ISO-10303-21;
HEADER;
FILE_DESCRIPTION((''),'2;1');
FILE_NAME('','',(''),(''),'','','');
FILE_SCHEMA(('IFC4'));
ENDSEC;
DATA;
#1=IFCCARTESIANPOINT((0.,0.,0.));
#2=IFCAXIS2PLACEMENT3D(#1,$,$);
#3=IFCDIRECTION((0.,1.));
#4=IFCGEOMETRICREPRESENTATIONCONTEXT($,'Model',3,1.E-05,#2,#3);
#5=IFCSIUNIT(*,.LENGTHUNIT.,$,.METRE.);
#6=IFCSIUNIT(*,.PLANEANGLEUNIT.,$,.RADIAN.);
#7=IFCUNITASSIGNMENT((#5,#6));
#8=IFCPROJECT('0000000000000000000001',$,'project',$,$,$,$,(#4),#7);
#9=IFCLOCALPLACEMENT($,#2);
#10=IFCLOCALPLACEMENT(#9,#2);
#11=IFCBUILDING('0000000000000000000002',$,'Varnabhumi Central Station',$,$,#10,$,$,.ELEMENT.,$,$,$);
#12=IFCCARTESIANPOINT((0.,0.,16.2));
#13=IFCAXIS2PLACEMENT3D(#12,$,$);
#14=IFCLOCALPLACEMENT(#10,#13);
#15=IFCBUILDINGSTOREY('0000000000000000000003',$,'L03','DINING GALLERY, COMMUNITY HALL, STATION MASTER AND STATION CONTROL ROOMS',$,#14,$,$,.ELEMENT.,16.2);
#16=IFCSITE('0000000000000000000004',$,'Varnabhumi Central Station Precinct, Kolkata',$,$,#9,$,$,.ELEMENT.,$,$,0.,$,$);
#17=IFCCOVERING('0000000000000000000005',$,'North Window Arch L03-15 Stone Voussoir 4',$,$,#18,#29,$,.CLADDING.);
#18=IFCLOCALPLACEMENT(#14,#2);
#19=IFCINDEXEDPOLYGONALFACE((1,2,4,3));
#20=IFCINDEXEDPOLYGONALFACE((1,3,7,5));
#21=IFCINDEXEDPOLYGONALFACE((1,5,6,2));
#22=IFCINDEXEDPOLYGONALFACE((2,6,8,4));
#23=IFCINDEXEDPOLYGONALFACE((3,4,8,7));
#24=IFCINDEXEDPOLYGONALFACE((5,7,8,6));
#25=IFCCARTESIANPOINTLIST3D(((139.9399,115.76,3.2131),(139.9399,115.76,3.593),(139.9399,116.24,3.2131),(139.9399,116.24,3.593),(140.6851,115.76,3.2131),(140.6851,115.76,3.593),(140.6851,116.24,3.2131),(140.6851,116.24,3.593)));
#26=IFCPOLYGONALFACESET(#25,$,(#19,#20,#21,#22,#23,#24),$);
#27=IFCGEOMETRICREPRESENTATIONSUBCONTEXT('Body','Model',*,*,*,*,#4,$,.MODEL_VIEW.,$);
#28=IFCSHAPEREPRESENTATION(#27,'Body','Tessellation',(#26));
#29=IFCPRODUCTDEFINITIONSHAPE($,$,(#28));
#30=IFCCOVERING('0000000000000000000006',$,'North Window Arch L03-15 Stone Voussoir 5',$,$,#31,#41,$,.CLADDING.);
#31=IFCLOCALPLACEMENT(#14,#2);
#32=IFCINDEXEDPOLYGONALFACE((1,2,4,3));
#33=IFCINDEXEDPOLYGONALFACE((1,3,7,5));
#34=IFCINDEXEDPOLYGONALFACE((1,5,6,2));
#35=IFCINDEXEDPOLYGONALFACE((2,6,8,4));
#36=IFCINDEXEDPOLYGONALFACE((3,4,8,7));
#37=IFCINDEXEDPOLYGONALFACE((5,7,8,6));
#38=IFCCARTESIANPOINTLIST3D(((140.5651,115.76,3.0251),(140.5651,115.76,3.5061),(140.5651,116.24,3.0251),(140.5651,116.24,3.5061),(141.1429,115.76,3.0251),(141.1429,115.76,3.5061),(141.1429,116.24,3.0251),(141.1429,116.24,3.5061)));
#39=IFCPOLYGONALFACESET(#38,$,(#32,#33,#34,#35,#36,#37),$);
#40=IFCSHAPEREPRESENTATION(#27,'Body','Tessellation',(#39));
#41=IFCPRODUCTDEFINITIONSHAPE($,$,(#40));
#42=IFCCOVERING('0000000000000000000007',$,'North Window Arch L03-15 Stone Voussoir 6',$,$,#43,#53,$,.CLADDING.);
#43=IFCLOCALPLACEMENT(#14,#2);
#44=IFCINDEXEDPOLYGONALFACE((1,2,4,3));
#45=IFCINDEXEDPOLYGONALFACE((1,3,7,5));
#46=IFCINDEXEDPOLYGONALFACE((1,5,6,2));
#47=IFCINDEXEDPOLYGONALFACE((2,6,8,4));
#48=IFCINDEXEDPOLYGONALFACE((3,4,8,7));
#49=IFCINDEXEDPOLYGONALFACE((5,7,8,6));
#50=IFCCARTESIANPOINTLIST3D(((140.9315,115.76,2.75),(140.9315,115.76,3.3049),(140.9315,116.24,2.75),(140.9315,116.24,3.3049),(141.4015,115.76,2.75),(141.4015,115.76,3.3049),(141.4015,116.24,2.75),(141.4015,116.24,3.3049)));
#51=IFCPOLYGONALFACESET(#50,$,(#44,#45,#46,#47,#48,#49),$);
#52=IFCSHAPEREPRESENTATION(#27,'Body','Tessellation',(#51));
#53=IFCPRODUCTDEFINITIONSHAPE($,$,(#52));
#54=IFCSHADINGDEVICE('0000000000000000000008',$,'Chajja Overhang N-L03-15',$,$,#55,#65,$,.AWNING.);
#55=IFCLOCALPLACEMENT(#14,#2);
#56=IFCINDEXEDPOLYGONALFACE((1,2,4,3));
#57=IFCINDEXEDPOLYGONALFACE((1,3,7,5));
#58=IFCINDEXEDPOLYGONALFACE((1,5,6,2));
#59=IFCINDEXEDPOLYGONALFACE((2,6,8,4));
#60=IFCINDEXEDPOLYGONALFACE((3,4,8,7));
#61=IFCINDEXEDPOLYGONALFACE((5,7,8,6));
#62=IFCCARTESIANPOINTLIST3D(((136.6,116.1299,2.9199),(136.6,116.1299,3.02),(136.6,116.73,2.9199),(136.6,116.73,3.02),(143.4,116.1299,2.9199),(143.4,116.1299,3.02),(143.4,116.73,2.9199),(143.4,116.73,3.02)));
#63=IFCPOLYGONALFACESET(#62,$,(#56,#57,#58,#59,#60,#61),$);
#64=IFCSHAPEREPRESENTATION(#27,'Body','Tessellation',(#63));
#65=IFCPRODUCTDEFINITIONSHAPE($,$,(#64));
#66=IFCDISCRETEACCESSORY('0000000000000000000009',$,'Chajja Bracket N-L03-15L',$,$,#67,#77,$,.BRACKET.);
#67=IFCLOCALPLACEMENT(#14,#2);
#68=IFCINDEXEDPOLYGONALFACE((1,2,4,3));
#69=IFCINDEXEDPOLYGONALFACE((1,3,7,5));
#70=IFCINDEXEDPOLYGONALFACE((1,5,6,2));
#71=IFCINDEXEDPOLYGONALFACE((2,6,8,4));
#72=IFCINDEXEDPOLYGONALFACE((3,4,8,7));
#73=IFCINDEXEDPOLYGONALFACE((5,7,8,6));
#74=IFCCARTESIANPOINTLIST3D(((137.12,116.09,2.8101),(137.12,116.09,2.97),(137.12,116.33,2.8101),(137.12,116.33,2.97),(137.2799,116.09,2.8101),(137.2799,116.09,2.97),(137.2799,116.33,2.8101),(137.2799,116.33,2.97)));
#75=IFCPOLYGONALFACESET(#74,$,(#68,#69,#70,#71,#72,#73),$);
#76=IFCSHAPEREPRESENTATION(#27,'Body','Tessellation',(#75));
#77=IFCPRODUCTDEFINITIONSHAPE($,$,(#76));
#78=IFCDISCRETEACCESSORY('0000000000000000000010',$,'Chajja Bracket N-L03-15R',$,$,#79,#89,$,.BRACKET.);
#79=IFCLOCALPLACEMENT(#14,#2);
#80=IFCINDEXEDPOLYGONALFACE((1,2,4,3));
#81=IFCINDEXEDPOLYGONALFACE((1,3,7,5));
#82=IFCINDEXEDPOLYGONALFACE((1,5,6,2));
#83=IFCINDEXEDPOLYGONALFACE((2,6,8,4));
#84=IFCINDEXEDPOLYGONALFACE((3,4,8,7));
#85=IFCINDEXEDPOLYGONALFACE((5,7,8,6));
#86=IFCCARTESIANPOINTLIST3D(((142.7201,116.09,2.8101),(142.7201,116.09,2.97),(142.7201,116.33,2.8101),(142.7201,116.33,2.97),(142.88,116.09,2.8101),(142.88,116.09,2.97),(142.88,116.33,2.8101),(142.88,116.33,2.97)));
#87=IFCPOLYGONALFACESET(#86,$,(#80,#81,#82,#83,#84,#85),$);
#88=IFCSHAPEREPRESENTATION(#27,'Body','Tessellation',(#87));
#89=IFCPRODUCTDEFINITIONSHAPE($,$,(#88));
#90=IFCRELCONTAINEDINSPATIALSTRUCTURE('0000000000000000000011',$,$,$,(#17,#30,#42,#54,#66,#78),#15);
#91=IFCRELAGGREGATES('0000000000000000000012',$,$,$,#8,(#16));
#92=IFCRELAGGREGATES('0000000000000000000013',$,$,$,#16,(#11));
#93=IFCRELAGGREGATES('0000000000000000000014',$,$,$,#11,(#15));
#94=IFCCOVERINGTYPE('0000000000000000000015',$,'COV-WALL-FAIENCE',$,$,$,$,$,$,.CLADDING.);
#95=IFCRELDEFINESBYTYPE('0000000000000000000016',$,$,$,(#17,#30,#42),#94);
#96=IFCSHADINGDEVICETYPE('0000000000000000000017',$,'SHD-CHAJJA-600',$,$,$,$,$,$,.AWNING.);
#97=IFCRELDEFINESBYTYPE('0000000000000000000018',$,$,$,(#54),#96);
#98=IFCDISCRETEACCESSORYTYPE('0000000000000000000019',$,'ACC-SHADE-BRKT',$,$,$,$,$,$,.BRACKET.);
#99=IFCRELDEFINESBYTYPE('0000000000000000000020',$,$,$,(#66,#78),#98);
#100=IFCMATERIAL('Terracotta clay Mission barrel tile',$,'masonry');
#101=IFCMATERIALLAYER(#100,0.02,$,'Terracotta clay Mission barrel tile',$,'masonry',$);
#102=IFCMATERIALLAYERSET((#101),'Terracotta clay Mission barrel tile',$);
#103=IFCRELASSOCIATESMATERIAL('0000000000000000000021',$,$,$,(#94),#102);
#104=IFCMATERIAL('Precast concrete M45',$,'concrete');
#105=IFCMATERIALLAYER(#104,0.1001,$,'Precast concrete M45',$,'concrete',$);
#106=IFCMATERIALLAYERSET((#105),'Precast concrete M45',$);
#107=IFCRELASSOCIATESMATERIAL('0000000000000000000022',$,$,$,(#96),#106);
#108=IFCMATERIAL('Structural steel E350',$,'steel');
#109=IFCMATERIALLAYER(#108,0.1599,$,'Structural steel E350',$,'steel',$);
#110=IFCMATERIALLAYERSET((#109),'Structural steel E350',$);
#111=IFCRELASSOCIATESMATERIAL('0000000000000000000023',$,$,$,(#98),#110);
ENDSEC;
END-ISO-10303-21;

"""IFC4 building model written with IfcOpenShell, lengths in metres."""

from ifc_helpers import new_model, si_unit, direction, frame, origin, origin_2d, place, context, subcontext, project, spatial, rectangle, extrude, material, layer, layer_set, type_object, element, save


model = new_model("IFC4")

# Units and contexts
model_context = context("Model", 3, precision=1e-05, world=origin(), true_north=direction((0.0, 1.0)))
body_context = subcontext(model_context, "Body", "Model", "MODEL_VIEW")
ifc_project = project(units=[si_unit("LENGTHUNIT", "METRE"), si_unit("PLANEANGLEUNIT", "RADIAN")], contexts=[model_context])

# Site, building, storey
site_placement = place(None, origin())
site = spatial("IfcSite", under=ifc_project, at=site_placement, Name="Varnabhumi Central Station Precinct, Kolkata", CompositionType="ELEMENT", RefElevation=0.0)
building_placement = place(site_placement, origin())
building = spatial("IfcBuilding", under=site, at=building_placement, Name="Varnabhumi Central Station", CompositionType="ELEMENT")
storey_placement = place(building_placement, frame((0.0, 0.0, 16.2)))
storey = spatial("IfcBuildingStorey", under=building, at=storey_placement, Name="L03", Description="DINING GALLERY, COMMUNITY HALL, STATION MASTER AND STATION CONTROL ROOMS", CompositionType="ELEMENT", Elevation=16.2)

# Shared definitions
ifc_material_1 = material(Name="Structural steel E350", Category="steel")

# Shared definitions
ifc_material_2 = material(Name="Terracotta clay Mission barrel tile", Category="masonry")

# Coverings
ifc_layer_1 = layer(ifc_material_2, 0.02, Name="Terracotta clay Mission barrel tile", Category="masonry")
ifc_layer_set_1 = layer_set([ifc_layer_1], Name="Terracotta clay Mission barrel tile")
covering_type = type_object("IfcCoveringType", Name="COV-WALL-FAIENCE", PredefinedType="CLADDING", material=ifc_layer_set_1)
for number, where, z_axis, x_axis, name in (
    (1, (140.3125, 116.0, 3.2131), (0.0, 0.0, 1.0), (1.0, 0.0, 0.0), "North Window Arch L03-15 Stone Voussoir 4"),
):
    element("IfcCovering", number, at=place(storey_placement, frame(where, z_axis=z_axis, x_axis=x_axis)), inside=storey, type_object=covering_type, Name=name, PredefinedType="CLADDING", context=body_context, shape_type="SweptSolid", body=[
        extrude(rectangle(XDim=0.7451, YDim=0.48, at=origin_2d()), origin(), (0.0, 0.0, 1.0), 0.3799),
    ])
covering_1_placement = place(storey_placement, frame((140.854, 116.0, 3.0251), z_axis=(0.0, 0.0, 1.0), x_axis=(1.0, 0.0, 0.0)))
element("IfcCovering", 2, at=covering_1_placement, inside=storey, type_object=covering_type, Name="North Window Arch L03-15 Stone Voussoir 5", PredefinedType="CLADDING", context=body_context, shape_type="SweptSolid", body=[
    extrude(rectangle(XDim=0.5779, YDim=0.48, at=origin_2d()), origin(), (0.0, 0.0, 1.0), 0.481),
])
covering_2_placement = place(storey_placement, frame((141.1665, 116.0, 2.75), z_axis=(0.0, 0.0, 1.0), x_axis=(1.0, 0.0, 0.0)))
element("IfcCovering", 3, at=covering_2_placement, inside=storey, type_object=covering_type, Name="North Window Arch L03-15 Stone Voussoir 6", PredefinedType="CLADDING", context=body_context, shape_type="SweptSolid", body=[
    extrude(rectangle(XDim=0.47, YDim=0.48, at=origin_2d()), origin(), (0.0, 0.0, 1.0), 0.5549),
])

# Shading device
ifc_material_3 = material(Name="Precast concrete M45", Category="concrete")
ifc_layer_2 = layer(ifc_material_3, 0.1001, Name="Precast concrete M45", Category="concrete")
ifc_layer_set_2 = layer_set([ifc_layer_2], Name="Precast concrete M45")
shading_device_type = type_object("IfcShadingDeviceType", Name="SHD-CHAJJA-600", PredefinedType="AWNING", material=ifc_layer_set_2)
shading_device_placement = place(storey_placement, frame((140.0, 116.4299, 2.9199), z_axis=(0.0, 0.0, 1.0), x_axis=(1.0, 0.0, 0.0)))
element("IfcShadingDevice", 4, at=shading_device_placement, inside=storey, type_object=shading_device_type, Name="Chajja Overhang N-L03-15", PredefinedType="AWNING", context=body_context, shape_type="SweptSolid", body=[
    extrude(rectangle(XDim=6.8, YDim=0.6001, at=origin_2d()), origin(), (0.0, 0.0, 1.0), 0.1001),
])

# Discrete accessories
ifc_layer_3 = layer(ifc_material_1, 0.1599, Name="Structural steel E350", Category="steel")
ifc_layer_set_3 = layer_set([ifc_layer_3], Name="Structural steel E350")
discrete_accessory_type = type_object("IfcDiscreteAccessoryType", Name="ACC-SHADE-BRKT", PredefinedType="BRACKET", material=ifc_layer_set_3)
for number, where, z_axis, x_axis, name in (
    (5, (137.2, 116.21, 2.8101), (0.0, 0.0, 1.0), (1.0, 0.0, 0.0), "Chajja Bracket N-L03-15L"),
    (6, (142.8, 116.21, 2.8101), (0.0, 0.0, 1.0), (1.0, 0.0, 0.0), "Chajja Bracket N-L03-15R"),
):
    element("IfcDiscreteAccessory", number, at=place(storey_placement, frame(where, z_axis=z_axis, x_axis=x_axis)), inside=storey, type_object=discrete_accessory_type, Name=name, PredefinedType="BRACKET", context=body_context, shape_type="SweptSolid", body=[
        extrude(rectangle(XDim=0.1599, YDim=0.24, at=origin_2d()), origin(), (0.0, 0.0, 1.0), 0.1599),
    ])

save(model, "model.ifc")
